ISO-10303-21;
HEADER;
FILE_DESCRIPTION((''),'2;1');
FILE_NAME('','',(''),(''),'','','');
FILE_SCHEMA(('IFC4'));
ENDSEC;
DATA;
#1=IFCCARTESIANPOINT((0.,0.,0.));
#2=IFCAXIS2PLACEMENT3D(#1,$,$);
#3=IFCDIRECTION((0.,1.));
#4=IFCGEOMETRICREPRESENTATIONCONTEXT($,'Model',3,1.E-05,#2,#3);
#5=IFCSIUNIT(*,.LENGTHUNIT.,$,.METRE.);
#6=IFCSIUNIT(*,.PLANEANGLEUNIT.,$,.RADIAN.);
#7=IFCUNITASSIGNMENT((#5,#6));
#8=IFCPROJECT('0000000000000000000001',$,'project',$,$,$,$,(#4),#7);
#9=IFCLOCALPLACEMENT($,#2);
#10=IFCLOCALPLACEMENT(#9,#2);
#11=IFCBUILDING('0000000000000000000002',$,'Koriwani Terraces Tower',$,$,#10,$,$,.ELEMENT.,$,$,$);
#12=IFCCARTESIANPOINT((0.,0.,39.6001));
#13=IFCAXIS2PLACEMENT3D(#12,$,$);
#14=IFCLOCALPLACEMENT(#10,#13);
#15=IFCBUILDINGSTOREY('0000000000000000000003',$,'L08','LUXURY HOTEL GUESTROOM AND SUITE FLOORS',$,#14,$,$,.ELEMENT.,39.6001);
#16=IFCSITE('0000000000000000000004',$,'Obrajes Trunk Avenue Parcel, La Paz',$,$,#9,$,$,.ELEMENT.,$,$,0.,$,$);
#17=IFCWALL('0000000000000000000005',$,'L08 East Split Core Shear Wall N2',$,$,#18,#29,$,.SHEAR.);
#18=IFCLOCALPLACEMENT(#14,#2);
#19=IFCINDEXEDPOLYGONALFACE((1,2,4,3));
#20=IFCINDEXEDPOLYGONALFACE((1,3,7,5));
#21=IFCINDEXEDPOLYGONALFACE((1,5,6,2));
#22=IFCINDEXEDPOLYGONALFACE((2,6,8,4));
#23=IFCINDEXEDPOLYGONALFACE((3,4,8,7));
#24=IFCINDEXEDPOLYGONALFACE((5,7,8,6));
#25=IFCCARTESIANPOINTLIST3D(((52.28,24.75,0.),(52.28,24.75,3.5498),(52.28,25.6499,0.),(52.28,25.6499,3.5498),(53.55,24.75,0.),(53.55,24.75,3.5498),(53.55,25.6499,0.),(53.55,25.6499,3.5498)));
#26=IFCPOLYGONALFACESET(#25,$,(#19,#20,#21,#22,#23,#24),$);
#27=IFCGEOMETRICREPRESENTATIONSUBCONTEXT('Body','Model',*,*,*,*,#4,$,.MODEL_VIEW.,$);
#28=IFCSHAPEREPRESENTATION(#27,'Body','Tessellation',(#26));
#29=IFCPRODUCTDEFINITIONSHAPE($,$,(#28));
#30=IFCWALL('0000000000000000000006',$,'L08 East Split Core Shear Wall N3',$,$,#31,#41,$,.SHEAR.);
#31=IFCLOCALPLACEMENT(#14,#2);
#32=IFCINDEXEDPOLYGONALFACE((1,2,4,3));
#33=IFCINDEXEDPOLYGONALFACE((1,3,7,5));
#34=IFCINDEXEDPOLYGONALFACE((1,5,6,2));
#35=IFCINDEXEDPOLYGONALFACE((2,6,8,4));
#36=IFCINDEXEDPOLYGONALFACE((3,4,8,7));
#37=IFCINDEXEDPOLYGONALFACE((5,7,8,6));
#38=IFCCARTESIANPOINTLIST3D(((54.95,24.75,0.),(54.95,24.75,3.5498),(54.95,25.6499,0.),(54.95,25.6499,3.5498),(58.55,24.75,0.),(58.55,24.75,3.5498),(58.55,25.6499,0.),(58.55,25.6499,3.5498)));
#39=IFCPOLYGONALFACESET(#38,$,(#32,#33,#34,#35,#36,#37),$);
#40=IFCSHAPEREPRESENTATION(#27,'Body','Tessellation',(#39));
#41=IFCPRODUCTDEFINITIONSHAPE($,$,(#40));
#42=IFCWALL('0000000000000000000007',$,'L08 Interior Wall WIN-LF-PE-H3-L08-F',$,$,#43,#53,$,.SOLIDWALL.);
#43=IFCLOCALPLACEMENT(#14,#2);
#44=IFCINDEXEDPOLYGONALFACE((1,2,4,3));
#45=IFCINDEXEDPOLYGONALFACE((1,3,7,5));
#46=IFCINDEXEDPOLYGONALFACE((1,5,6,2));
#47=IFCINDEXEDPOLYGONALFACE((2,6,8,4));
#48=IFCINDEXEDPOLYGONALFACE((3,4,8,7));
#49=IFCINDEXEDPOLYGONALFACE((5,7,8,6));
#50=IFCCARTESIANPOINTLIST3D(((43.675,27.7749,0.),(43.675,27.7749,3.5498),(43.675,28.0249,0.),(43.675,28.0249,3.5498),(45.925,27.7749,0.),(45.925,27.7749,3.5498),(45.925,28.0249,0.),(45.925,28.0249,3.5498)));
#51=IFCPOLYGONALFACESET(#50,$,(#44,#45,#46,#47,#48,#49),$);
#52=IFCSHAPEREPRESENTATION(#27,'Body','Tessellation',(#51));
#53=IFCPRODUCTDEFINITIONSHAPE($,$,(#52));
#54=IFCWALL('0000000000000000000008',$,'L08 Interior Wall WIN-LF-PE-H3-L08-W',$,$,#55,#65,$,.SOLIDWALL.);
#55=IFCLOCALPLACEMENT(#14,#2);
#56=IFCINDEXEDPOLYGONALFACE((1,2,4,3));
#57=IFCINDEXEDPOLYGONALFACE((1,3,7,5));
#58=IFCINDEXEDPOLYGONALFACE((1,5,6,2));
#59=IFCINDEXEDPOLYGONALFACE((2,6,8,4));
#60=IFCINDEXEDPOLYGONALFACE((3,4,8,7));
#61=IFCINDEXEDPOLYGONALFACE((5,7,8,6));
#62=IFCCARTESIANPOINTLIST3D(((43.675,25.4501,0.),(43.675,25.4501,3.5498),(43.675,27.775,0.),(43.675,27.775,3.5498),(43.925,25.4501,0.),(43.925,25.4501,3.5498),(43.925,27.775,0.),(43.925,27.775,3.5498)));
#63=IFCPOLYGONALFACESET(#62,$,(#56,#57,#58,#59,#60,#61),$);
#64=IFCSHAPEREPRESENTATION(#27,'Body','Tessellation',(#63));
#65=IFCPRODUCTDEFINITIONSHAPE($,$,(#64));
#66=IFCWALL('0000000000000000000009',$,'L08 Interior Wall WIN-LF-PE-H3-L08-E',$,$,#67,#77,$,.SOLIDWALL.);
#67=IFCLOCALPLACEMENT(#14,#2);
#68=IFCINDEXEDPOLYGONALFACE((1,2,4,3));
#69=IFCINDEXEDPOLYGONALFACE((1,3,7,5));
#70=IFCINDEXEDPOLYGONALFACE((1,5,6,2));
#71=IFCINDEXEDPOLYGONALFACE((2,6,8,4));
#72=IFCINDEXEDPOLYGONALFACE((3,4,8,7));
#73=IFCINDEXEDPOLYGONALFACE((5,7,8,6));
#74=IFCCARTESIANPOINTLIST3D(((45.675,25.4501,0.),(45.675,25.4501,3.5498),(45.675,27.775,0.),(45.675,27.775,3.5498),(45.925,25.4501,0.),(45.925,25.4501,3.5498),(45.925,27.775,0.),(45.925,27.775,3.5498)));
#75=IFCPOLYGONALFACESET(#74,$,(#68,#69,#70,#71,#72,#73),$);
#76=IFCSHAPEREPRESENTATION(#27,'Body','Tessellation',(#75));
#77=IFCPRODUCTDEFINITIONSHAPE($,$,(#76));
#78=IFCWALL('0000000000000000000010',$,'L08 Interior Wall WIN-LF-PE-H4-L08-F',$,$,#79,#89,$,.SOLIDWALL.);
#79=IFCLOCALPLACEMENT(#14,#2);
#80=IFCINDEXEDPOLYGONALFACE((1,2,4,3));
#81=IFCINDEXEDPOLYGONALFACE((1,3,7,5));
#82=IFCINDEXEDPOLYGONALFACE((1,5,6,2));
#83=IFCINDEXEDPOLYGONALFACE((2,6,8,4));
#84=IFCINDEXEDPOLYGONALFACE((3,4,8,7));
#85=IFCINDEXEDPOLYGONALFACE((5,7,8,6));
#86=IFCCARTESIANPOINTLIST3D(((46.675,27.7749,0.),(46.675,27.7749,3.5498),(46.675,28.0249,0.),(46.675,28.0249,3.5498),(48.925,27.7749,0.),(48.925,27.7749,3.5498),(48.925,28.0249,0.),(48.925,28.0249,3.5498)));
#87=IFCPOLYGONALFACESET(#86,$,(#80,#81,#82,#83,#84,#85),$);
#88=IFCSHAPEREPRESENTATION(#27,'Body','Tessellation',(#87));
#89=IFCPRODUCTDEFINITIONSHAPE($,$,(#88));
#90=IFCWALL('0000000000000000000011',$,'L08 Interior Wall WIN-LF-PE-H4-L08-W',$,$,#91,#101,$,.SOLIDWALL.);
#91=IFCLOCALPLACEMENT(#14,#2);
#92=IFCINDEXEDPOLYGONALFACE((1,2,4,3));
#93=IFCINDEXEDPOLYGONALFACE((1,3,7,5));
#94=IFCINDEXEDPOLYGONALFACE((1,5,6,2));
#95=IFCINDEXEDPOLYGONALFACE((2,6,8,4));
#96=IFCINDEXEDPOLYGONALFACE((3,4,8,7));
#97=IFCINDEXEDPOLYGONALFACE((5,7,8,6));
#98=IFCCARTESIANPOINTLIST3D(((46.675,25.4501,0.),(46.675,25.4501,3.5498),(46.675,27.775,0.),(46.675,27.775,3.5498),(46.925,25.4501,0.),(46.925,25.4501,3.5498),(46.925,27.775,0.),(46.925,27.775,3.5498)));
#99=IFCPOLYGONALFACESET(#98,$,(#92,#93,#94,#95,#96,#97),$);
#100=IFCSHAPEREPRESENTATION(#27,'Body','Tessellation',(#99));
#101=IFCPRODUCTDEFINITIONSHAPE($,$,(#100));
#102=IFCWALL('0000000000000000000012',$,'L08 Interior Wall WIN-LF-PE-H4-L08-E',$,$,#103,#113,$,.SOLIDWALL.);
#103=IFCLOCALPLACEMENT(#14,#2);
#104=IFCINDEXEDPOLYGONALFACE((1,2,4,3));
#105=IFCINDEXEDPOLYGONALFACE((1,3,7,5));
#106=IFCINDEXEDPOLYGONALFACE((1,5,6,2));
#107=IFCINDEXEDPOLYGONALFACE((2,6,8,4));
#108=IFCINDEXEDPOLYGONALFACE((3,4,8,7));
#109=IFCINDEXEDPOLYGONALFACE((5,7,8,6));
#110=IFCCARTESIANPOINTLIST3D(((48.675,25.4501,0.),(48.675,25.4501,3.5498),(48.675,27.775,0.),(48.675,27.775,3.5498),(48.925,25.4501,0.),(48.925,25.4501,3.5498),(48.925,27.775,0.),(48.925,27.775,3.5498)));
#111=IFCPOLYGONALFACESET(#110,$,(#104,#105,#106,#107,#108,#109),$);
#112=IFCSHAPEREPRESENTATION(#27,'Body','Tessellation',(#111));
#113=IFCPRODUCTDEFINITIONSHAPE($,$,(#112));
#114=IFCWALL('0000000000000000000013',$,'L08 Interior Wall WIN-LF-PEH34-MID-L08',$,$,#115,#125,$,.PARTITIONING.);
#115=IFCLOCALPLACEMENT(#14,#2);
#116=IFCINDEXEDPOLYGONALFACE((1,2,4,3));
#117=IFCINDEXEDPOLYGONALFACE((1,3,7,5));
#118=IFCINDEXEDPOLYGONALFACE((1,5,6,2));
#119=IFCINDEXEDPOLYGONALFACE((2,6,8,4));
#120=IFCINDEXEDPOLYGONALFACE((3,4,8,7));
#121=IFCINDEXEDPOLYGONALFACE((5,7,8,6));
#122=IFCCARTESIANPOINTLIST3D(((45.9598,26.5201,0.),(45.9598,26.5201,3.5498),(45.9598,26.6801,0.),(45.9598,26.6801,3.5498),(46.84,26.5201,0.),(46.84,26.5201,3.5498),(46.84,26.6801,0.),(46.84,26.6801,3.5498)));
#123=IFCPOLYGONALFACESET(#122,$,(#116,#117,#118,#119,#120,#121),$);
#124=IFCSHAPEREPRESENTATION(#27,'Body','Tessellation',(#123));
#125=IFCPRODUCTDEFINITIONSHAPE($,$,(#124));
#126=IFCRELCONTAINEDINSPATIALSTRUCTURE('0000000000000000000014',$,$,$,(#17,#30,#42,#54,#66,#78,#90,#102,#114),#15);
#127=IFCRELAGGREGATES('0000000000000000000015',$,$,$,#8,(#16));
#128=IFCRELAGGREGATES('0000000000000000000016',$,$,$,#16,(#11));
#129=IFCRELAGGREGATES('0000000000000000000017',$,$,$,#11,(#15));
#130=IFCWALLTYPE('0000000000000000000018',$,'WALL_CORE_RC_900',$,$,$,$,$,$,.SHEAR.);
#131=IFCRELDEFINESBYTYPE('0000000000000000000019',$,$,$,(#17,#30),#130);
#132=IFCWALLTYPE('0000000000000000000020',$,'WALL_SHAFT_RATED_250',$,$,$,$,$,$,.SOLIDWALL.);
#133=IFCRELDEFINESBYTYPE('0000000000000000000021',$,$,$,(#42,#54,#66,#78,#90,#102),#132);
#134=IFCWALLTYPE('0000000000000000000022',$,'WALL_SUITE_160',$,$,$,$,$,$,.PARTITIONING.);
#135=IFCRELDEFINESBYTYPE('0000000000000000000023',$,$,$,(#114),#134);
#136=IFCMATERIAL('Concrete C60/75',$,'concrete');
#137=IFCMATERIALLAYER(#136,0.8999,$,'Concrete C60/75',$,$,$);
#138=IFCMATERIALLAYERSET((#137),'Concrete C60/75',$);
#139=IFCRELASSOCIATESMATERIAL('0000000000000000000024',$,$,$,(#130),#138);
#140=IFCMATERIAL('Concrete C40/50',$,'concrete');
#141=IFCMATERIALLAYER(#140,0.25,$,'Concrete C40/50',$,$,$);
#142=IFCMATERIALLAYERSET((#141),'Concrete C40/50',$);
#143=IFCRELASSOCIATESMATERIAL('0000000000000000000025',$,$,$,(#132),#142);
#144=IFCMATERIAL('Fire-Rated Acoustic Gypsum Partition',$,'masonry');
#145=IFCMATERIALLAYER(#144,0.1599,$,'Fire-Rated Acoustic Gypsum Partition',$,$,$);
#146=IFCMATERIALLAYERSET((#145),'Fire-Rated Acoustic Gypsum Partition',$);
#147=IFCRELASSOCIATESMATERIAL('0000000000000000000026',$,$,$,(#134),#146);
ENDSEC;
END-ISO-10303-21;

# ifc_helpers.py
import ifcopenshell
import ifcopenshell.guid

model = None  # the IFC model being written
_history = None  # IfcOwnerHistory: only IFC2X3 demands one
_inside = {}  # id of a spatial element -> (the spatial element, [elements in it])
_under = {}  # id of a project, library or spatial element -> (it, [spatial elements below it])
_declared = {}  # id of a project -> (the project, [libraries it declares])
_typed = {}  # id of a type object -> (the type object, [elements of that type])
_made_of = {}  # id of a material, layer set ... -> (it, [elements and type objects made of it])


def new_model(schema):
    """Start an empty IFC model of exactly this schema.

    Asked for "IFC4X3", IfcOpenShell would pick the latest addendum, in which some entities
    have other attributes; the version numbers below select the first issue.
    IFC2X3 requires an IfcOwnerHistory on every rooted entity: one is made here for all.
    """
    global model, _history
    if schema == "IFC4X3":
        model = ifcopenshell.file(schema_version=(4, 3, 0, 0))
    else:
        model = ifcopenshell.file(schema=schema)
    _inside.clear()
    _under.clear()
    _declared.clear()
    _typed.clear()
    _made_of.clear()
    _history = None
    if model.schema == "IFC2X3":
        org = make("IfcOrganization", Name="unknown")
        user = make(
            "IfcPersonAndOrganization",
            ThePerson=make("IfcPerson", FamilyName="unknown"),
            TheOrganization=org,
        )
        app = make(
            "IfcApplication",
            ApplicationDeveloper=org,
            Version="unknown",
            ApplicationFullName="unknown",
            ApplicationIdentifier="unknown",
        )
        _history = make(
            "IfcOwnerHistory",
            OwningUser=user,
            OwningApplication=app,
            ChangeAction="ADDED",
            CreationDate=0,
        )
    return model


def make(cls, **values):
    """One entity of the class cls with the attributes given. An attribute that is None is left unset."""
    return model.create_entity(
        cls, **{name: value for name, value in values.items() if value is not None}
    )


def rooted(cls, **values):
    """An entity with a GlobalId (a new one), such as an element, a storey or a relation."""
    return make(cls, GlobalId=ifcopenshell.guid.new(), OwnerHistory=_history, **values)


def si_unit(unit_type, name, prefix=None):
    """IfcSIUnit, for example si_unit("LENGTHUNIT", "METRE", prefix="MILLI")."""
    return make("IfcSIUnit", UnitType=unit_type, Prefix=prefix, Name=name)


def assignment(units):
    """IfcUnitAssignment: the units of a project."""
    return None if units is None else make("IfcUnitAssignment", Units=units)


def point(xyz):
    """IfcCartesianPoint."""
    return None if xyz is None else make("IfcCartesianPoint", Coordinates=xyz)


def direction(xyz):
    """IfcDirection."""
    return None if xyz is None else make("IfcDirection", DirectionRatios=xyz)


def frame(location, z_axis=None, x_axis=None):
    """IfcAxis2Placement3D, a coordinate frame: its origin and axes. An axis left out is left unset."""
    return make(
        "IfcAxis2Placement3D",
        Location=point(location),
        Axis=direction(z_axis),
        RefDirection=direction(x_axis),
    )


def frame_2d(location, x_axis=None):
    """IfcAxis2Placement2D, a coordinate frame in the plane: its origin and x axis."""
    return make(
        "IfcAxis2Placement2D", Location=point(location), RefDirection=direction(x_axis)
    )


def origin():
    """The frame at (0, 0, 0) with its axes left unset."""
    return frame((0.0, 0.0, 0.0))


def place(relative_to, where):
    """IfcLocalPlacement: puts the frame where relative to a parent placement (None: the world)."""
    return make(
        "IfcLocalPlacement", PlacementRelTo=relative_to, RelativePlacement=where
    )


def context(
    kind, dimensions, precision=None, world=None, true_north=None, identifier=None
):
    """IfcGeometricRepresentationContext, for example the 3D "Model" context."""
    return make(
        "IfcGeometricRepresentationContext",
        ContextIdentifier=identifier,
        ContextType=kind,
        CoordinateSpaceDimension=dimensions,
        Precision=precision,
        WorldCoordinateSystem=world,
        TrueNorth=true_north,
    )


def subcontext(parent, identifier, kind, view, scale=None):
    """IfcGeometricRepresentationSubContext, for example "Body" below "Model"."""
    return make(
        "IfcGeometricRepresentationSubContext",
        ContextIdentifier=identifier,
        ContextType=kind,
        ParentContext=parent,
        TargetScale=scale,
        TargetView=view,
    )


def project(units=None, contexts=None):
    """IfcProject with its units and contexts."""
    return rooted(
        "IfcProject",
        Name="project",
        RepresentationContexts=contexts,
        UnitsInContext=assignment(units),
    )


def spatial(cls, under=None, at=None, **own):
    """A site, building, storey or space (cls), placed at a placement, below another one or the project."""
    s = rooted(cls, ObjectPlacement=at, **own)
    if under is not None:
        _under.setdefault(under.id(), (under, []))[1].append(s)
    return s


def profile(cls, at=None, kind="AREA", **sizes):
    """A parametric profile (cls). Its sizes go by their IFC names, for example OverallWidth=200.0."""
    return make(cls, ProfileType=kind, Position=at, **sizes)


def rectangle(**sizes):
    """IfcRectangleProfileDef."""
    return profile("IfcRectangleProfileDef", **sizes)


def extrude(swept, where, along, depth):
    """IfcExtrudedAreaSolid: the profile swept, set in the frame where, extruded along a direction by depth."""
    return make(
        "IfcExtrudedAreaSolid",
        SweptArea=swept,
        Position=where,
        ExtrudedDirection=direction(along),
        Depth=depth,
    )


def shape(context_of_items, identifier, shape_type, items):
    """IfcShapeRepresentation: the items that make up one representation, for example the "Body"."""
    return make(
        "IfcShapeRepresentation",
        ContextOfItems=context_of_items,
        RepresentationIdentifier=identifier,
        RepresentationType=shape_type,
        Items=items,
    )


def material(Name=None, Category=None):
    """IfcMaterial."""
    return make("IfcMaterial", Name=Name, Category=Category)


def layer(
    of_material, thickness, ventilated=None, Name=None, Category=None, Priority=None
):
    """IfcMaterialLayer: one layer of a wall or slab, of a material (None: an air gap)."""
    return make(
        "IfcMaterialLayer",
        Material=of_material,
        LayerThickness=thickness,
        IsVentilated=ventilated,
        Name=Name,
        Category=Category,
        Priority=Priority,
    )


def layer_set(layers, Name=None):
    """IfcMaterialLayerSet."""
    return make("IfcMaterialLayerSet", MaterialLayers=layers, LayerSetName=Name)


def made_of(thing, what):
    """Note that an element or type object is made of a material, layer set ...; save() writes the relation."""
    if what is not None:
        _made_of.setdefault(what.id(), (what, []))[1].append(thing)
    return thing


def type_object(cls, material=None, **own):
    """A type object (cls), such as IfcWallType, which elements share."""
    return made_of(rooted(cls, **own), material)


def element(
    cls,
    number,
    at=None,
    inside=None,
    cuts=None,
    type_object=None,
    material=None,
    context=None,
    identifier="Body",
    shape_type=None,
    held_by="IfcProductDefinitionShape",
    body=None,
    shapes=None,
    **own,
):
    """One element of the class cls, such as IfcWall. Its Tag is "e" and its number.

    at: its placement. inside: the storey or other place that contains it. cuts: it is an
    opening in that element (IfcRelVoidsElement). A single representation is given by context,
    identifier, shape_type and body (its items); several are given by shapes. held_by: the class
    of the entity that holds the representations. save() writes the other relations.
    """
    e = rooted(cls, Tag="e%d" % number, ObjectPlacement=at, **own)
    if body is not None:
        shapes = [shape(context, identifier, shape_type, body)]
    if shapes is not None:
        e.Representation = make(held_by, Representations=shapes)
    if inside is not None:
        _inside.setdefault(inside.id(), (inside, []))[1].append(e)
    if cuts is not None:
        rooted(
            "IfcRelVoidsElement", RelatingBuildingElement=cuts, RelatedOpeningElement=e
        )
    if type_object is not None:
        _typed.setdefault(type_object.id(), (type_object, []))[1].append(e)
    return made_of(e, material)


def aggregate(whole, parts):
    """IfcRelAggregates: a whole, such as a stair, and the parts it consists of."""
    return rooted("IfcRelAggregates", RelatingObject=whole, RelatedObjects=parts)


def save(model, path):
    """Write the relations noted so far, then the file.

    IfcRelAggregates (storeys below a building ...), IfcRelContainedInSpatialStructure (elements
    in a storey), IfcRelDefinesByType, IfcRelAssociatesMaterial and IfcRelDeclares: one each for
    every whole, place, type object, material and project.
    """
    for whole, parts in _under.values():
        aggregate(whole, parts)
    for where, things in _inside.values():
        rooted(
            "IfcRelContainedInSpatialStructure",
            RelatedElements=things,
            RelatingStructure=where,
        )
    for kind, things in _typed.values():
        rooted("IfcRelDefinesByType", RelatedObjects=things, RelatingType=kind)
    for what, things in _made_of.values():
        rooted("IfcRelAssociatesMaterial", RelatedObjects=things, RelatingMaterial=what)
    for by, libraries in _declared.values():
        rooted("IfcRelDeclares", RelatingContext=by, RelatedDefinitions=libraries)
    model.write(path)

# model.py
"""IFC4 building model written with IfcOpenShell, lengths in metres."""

from ifc_helpers import new_model, si_unit, direction, frame, frame_2d, origin, place, context, subcontext, project, spatial, rectangle, extrude, material, layer, layer_set, type_object, element, save


model = new_model("IFC4")

# Units and contexts
model_context = context("Model", 3, precision=1e-05, world=origin(), true_north=direction((0.0, 1.0)))
body_context = subcontext(model_context, "Body", "Model", "MODEL_VIEW")
ifc_project = project(units=[si_unit("LENGTHUNIT", "METRE"), si_unit("PLANEANGLEUNIT", "RADIAN")], contexts=[model_context])

# Site, building, storey
site_placement = place(None, origin())
site = spatial("IfcSite", under=ifc_project, at=site_placement, Name="Obrajes Trunk Avenue Parcel, La Paz", CompositionType="ELEMENT", RefElevation=0.0)
building_placement = place(site_placement, origin())
building = spatial("IfcBuilding", under=site, at=building_placement, Name="Koriwani Terraces Tower", CompositionType="ELEMENT")
storey_placement = place(building_placement, frame((0.0, 0.0, 39.6001)))
storey = spatial("IfcBuildingStorey", under=building, at=storey_placement, Name="L08", Description="LUXURY HOTEL GUESTROOM AND SUITE FLOORS", CompositionType="ELEMENT", Elevation=39.6001)

# Shared definitions
ifc_material_1 = material(Name="Concrete C60/75", Category="concrete")

# Walls
ifc_layer_1 = layer(ifc_material_1, 0.8999, Name="Concrete C60/75")
ifc_layer_set_1 = layer_set([ifc_layer_1], Name="Concrete C60/75")
wall_type_1 = type_object("IfcWallType", Name="WALL_CORE_RC_900", PredefinedType="SHEAR", material=ifc_layer_set_1)
wall_1_placement = place(storey_placement, frame((52.28, 25.2, 0.0), z_axis=(0.0, 0.0, 1.0), x_axis=(1.0, 0.0, 0.0)))
element("IfcWall", 1, at=wall_1_placement, inside=storey, type_object=wall_type_1, Name="L08 East Split Core Shear Wall N2", PredefinedType="SHEAR", context=body_context, shape_type="SweptSolid", body=[
    extrude(rectangle(XDim=1.27, YDim=0.8999, at=frame_2d((0.635, 0.0))), origin(), (0.0, 0.0, 1.0), 3.5498),
])
wall_2_placement = place(storey_placement, frame((54.95, 25.2, 0.0), z_axis=(0.0, 0.0, 1.0), x_axis=(1.0, 0.0, 0.0)))
element("IfcWall", 2, at=wall_2_placement, inside=storey, type_object=wall_type_1, Name="L08 East Split Core Shear Wall N3", PredefinedType="SHEAR", context=body_context, shape_type="SweptSolid", body=[
    extrude(rectangle(XDim=3.6001, YDim=0.8999, at=frame_2d((1.8, 0.0))), origin(), (0.0, 0.0, 1.0), 3.5498),
])

# Shared definitions
ifc_material_2 = material(Name="Concrete C40/50", Category="concrete")
ifc_layer_2 = layer(ifc_material_2, 0.25, Name="Concrete C40/50")
ifc_layer_set_2 = layer_set([ifc_layer_2], Name="Concrete C40/50")
wall_type_2 = type_object("IfcWallType", Name="WALL_SHAFT_RATED_250", PredefinedType="SOLIDWALL", material=ifc_layer_set_2)

# Walls
wall_3_placement = place(storey_placement, frame((43.675, 27.8999, 0.0), z_axis=(0.0, 0.0, 1.0), x_axis=(1.0, 0.0, 0.0)))
element("IfcWall", 3, at=wall_3_placement, inside=storey, type_object=wall_type_2, Name="L08 Interior Wall WIN-LF-PE-H3-L08-F", PredefinedType="SOLIDWALL", context=body_context, shape_type="SweptSolid", body=[
    extrude(rectangle(XDim=2.25, YDim=0.25, at=frame_2d((1.125, 0.0))), origin(), (0.0, 0.0, 1.0), 3.5498),
])
for number, where, z_axis, x_axis, name in (
    (4, (43.8, 25.45, 0.0), (0.0, 0.0, 1.0), (0.0, 1.0, 0.0), "L08 Interior Wall WIN-LF-PE-H3-L08-W"),
    (5, (45.8, 25.45, 0.0), (0.0, 0.0, 1.0), (0.0, 1.0, 0.0), "L08 Interior Wall WIN-LF-PE-H3-L08-E"),
):
    element("IfcWall", number, at=place(storey_placement, frame(where, z_axis=z_axis, x_axis=x_axis)), inside=storey, type_object=wall_type_2, Name=name, PredefinedType="SOLIDWALL", context=body_context, shape_type="SweptSolid", body=[
        extrude(rectangle(XDim=2.325, YDim=0.25, at=frame_2d((1.1626, 0.0))), origin(), (0.0, 0.0, 1.0), 3.5498),
    ])
wall_4_placement = place(storey_placement, frame((46.675, 27.8999, 0.0), z_axis=(0.0, 0.0, 1.0), x_axis=(1.0, 0.0, 0.0)))
element("IfcWall", 6, at=wall_4_placement, inside=storey, type_object=wall_type_2, Name="L08 Interior Wall WIN-LF-PE-H4-L08-F", PredefinedType="SOLIDWALL", context=body_context, shape_type="SweptSolid", body=[
    extrude(rectangle(XDim=2.25, YDim=0.25, at=frame_2d((1.125, 0.0))), origin(), (0.0, 0.0, 1.0), 3.5498),
])
for number, where, z_axis, x_axis, name in (
    (7, (46.8, 25.45, 0.0), (0.0, 0.0, 1.0), (0.0, 1.0, 0.0), "L08 Interior Wall WIN-LF-PE-H4-L08-W"),
    (8, (48.8, 25.45, 0.0), (0.0, 0.0, 1.0), (0.0, 1.0, 0.0), "L08 Interior Wall WIN-LF-PE-H4-L08-E"),
):
    element("IfcWall", number, at=place(storey_placement, frame(where, z_axis=z_axis, x_axis=x_axis)), inside=storey, type_object=wall_type_2, Name=name, PredefinedType="SOLIDWALL", context=body_context, shape_type="SweptSolid", body=[
        extrude(rectangle(XDim=2.325, YDim=0.25, at=frame_2d((1.1626, 0.0))), origin(), (0.0, 0.0, 1.0), 3.5498),
    ])
ifc_material_3 = material(Name="Fire-Rated Acoustic Gypsum Partition", Category="masonry")
ifc_layer_3 = layer(ifc_material_3, 0.1599, Name="Fire-Rated Acoustic Gypsum Partition")
ifc_layer_set_3 = layer_set([ifc_layer_3], Name="Fire-Rated Acoustic Gypsum Partition")
wall_type_3 = type_object("IfcWallType", Name="WALL_SUITE_160", PredefinedType="PARTITIONING", material=ifc_layer_set_3)
wall_5_placement = place(storey_placement, frame((45.96, 26.6001, 0.0), z_axis=(0.0, 0.0, 1.0), x_axis=(1.0, 0.0, 0.0)))
element("IfcWall", 9, at=wall_5_placement, inside=storey, type_object=wall_type_3, Name="L08 Interior Wall WIN-LF-PEH34-MID-L08", PredefinedType="PARTITIONING", context=body_context, shape_type="SweptSolid", body=[
    extrude(rectangle(XDim=0.8801, YDim=0.1599, at=frame_2d((0.4399, 0.0))), origin(), (0.0, 0.0, 1.0), 3.5498),
])

save(model, "model.ifc")
